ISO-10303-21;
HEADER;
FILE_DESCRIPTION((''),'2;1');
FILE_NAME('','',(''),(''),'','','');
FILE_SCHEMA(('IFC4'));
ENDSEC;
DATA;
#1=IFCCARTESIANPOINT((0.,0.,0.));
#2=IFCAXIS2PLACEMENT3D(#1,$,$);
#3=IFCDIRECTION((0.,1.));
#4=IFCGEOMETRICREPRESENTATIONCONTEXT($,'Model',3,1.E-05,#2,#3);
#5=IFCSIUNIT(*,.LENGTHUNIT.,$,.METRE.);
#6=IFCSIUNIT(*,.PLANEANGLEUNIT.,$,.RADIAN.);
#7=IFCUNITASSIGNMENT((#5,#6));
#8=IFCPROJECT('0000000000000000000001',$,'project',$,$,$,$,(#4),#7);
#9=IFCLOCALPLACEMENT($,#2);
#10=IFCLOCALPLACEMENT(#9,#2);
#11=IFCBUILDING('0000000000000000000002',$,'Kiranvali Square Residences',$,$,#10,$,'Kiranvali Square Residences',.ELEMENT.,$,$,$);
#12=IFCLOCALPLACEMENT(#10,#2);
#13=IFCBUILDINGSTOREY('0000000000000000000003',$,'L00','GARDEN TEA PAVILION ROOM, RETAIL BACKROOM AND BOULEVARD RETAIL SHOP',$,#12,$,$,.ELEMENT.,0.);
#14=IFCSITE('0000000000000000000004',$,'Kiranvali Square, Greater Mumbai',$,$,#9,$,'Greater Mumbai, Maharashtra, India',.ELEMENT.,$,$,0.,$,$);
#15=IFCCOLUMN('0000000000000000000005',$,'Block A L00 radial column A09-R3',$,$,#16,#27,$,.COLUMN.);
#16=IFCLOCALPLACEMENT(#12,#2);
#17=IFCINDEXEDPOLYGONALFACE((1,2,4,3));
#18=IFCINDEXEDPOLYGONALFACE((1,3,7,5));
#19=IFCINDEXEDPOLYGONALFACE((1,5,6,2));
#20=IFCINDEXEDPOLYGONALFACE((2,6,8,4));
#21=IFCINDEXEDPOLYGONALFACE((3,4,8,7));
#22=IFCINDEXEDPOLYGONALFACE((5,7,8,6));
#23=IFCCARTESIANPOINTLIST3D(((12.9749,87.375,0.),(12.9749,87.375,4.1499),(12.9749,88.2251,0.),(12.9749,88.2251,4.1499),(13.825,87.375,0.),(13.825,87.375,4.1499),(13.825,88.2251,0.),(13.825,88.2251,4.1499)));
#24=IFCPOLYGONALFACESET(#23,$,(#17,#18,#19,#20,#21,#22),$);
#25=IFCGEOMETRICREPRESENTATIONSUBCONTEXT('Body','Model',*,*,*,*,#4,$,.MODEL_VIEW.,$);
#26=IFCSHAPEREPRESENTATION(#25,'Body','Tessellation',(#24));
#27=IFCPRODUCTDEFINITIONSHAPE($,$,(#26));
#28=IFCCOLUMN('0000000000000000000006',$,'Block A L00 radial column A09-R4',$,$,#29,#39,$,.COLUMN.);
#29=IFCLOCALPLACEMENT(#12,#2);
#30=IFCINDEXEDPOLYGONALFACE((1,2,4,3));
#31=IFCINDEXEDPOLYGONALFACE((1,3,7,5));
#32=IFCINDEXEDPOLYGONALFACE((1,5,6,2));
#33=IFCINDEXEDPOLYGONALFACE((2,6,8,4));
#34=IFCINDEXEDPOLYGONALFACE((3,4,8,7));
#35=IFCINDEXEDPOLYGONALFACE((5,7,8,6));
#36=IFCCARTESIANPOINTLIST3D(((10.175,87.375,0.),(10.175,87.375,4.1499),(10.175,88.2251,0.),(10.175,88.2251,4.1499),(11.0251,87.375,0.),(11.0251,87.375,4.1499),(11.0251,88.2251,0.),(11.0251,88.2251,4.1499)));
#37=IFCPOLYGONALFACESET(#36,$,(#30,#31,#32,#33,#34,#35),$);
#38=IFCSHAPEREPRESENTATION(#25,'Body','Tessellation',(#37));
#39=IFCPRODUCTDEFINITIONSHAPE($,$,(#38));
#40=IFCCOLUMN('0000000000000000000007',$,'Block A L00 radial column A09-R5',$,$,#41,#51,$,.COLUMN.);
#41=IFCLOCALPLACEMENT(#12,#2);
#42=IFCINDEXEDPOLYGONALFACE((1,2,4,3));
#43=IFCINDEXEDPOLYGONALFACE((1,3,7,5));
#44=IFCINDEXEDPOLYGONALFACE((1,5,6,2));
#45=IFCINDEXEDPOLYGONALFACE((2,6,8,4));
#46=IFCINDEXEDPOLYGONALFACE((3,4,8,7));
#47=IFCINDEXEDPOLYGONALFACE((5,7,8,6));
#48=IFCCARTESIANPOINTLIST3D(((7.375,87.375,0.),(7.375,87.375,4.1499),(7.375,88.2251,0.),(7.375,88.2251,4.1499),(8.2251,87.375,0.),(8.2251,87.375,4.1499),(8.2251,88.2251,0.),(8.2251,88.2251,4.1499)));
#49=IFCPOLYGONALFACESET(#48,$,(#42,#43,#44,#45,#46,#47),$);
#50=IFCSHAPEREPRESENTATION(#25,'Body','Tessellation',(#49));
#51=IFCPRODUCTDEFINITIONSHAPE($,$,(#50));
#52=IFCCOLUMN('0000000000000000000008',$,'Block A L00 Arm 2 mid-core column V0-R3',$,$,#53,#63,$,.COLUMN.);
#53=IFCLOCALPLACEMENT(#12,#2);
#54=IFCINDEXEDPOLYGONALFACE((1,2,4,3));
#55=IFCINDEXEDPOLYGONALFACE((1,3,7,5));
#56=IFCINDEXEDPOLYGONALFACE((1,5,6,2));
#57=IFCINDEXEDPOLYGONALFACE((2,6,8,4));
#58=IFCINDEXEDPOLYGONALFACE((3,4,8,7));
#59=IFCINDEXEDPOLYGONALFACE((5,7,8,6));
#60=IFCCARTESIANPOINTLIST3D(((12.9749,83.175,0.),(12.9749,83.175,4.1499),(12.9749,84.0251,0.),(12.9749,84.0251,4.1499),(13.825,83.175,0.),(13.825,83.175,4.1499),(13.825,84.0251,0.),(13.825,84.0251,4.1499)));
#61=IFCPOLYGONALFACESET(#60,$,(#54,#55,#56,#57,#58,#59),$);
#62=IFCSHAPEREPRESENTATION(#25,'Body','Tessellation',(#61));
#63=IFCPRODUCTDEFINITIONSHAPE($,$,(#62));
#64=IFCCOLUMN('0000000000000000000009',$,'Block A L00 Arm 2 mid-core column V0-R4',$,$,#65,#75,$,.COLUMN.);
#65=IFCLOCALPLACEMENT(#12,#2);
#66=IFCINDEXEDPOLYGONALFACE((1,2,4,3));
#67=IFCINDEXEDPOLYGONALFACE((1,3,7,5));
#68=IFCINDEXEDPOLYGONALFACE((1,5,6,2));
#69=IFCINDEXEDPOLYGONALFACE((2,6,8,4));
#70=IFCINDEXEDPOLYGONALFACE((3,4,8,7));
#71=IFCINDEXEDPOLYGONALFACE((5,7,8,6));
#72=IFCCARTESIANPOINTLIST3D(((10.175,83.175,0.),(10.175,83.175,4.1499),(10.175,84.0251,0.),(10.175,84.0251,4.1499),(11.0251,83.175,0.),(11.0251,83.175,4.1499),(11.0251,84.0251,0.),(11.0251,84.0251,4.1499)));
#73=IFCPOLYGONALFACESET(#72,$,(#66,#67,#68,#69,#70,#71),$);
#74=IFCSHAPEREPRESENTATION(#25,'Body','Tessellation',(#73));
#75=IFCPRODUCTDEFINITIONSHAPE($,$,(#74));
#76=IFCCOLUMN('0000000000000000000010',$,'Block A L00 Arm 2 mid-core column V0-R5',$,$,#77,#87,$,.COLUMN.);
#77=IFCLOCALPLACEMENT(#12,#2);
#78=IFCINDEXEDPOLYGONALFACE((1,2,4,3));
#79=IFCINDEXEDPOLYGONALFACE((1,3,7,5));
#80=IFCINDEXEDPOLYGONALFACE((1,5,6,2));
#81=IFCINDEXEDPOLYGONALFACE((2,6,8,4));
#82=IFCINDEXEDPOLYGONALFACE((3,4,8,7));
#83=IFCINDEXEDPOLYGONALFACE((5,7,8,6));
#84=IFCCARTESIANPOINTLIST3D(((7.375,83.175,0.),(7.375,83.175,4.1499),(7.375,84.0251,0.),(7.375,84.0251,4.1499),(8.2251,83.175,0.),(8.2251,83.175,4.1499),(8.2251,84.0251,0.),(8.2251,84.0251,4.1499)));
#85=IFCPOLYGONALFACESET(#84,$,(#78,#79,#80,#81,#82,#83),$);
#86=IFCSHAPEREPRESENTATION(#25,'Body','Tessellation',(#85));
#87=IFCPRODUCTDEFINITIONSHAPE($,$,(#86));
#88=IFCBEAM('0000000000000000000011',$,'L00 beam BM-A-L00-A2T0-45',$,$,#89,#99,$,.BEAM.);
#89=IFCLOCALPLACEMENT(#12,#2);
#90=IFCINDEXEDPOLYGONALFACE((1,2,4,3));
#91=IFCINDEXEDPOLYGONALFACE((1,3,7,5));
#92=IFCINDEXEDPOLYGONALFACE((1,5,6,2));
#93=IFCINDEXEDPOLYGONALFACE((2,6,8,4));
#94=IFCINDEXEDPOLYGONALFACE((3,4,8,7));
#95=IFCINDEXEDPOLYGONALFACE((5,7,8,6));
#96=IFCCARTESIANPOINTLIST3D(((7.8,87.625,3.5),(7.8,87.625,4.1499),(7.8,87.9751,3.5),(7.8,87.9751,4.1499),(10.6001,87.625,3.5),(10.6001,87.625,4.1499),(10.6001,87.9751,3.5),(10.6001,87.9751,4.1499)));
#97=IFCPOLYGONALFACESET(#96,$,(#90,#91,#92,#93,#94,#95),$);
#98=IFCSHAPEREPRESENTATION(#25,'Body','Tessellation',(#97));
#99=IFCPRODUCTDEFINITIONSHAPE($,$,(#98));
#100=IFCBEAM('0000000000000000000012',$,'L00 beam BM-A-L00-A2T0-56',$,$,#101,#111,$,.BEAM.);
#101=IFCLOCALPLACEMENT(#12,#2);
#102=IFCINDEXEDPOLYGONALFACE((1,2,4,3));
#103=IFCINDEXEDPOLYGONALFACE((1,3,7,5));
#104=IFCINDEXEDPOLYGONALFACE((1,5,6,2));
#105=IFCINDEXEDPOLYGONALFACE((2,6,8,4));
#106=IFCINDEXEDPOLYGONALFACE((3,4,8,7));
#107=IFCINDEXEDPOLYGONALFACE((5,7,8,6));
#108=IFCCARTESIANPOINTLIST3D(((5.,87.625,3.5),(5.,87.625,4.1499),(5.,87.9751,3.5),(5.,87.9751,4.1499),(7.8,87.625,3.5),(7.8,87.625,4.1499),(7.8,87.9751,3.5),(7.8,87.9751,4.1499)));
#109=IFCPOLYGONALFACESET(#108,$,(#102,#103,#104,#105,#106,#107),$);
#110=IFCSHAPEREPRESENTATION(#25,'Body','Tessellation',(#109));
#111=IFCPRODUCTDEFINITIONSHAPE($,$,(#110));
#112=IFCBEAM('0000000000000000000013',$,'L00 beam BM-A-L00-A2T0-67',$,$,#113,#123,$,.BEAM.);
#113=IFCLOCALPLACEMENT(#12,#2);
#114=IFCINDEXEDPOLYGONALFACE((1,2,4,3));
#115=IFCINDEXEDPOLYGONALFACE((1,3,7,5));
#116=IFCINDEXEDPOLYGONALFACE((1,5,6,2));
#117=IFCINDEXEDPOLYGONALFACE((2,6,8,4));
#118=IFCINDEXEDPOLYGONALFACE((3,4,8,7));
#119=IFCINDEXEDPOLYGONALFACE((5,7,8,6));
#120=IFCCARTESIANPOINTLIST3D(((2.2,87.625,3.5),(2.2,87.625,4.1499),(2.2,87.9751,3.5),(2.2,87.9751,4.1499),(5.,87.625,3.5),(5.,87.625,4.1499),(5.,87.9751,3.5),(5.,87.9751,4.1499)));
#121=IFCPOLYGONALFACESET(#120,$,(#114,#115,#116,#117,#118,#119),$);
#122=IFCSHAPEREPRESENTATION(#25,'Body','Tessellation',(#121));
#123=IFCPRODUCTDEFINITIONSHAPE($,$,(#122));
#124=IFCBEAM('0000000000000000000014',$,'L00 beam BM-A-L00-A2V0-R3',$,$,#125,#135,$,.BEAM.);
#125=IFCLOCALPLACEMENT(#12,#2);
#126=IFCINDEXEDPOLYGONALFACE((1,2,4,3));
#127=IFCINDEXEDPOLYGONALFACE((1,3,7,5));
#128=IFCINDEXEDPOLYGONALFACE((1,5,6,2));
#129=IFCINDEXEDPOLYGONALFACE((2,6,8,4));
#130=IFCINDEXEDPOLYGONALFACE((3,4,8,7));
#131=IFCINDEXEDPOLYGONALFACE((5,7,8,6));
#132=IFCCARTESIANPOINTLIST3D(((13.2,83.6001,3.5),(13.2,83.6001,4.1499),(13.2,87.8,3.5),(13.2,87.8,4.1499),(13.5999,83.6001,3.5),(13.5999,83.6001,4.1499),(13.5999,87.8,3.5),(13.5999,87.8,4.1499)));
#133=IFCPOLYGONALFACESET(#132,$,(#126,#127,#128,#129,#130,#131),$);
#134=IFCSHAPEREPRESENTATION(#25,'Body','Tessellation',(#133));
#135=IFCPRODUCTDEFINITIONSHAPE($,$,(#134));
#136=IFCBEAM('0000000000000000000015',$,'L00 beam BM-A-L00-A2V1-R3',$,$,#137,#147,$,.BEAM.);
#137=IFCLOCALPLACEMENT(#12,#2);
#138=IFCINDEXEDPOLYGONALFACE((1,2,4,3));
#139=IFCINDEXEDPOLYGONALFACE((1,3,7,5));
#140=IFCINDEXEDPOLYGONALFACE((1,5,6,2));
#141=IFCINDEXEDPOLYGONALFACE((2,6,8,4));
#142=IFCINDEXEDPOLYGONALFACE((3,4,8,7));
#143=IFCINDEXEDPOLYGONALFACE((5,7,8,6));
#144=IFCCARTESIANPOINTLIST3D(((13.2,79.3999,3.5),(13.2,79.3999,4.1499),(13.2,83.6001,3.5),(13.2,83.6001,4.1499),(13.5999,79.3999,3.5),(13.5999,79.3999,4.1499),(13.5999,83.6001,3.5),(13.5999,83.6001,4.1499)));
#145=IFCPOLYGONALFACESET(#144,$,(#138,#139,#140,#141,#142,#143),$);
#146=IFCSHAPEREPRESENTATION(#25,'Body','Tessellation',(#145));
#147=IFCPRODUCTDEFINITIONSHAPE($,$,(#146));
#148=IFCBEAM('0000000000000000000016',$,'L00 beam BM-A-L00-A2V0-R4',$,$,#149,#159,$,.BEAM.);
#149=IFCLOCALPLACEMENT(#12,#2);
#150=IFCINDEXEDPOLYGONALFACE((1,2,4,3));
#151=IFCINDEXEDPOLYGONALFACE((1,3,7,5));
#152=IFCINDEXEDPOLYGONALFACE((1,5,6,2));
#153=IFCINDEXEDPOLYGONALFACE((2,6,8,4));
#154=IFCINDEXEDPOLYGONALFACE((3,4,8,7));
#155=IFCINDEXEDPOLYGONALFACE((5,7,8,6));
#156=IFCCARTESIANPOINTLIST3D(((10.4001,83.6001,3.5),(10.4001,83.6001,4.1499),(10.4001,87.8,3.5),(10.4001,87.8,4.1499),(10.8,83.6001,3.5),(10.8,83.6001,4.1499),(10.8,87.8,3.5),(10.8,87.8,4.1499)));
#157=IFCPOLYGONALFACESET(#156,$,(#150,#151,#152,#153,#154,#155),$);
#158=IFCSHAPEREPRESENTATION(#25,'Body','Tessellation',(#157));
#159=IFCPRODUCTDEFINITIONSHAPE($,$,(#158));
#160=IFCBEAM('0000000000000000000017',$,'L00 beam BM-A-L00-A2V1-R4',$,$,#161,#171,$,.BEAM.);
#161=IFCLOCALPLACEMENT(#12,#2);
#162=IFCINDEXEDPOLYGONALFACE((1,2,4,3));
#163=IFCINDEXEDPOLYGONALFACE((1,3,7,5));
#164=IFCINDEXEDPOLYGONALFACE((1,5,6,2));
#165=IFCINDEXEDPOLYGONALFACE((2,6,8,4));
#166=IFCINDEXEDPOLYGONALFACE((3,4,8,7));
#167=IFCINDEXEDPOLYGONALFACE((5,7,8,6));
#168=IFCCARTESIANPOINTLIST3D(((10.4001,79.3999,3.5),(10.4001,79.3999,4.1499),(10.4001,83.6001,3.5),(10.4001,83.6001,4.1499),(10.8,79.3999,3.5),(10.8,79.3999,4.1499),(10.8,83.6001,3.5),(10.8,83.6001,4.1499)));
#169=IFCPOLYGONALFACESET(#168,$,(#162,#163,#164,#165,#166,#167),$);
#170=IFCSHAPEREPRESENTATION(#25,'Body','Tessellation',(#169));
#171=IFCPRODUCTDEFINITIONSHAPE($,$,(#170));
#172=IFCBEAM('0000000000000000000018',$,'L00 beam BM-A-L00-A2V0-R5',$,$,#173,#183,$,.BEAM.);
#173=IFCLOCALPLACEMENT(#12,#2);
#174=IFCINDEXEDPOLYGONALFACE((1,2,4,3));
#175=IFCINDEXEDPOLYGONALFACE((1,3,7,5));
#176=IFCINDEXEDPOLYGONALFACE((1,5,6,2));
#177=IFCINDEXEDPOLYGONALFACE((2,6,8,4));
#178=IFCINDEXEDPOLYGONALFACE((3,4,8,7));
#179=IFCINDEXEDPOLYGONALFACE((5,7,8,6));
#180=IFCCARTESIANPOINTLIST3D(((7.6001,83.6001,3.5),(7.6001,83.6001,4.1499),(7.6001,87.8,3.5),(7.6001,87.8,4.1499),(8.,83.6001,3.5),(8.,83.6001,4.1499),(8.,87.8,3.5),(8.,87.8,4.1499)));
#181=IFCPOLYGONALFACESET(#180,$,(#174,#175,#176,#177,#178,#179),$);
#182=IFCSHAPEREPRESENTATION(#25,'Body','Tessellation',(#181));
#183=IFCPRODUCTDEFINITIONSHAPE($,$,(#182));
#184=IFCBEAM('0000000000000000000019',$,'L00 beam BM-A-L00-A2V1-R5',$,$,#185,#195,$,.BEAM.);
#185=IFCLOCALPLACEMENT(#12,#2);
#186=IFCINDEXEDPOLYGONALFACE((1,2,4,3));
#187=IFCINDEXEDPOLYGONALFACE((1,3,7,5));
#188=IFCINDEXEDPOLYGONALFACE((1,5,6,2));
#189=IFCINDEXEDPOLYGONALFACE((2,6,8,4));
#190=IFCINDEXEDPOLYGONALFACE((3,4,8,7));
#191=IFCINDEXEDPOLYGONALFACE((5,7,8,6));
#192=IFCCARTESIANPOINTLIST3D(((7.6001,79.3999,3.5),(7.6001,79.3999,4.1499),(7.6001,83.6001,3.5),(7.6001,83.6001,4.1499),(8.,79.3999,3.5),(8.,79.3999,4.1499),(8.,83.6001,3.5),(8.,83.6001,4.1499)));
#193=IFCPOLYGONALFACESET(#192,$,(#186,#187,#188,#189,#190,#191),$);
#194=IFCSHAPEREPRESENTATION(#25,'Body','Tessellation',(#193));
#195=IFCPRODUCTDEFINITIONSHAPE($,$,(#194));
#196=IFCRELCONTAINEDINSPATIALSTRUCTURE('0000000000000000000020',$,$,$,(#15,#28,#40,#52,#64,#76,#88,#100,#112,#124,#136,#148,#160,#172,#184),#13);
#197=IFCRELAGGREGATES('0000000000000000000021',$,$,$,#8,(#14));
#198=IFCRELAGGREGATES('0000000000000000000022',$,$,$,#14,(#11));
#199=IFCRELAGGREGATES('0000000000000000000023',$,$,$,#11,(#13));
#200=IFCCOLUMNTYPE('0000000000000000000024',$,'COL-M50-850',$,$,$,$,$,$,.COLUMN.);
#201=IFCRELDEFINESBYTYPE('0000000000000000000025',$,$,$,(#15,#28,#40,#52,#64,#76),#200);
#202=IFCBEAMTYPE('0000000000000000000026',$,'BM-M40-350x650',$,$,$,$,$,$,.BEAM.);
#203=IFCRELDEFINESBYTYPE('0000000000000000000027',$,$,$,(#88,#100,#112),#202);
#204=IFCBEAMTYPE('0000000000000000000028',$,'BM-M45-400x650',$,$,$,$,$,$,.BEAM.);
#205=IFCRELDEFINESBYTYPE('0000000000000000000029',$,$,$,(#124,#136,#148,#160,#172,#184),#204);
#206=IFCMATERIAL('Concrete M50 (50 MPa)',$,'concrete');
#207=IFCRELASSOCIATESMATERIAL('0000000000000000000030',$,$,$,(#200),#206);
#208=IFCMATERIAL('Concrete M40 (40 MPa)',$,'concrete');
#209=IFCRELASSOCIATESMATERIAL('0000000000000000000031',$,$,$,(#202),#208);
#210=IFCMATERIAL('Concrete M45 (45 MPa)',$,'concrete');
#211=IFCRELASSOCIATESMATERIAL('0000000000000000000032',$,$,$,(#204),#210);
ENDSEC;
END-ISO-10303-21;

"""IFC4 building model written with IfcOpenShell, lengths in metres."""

from ifc_helpers import new_model, si_unit, direction, frame, origin, origin_2d, place, context, subcontext, project, spatial, rectangle, extrude, material, material_profile, profile_set, type_object, element, save


model = new_model("IFC4")

# Units and contexts
model_context = context("Model", 3, precision=1e-05, world=origin(), true_north=direction((0.0, 1.0)))
body_context = subcontext(model_context, "Body", "Model", "MODEL_VIEW")
ifc_project = project(units=[si_unit("LENGTHUNIT", "METRE"), si_unit("PLANEANGLEUNIT", "RADIAN")], contexts=[model_context])

# Site, building, storey
site_placement = place(None, origin())
site = spatial("IfcSite", under=ifc_project, at=site_placement, Name="Kiranvali Square, Greater Mumbai", LongName="Greater Mumbai, Maharashtra, India", CompositionType="ELEMENT", RefElevation=0.0)
building_placement = place(site_placement, origin())
building = spatial("IfcBuilding", under=site, at=building_placement, Name="Kiranvali Square Residences", LongName="Kiranvali Square Residences", CompositionType="ELEMENT")
storey_placement = place(building_placement, origin())
storey = spatial("IfcBuildingStorey", under=building, at=storey_placement, Name="L00", Description="GARDEN TEA PAVILION ROOM, RETAIL BACKROOM AND BOULEVARD RETAIL SHOP", CompositionType="ELEMENT", Elevation=0.0)

# Columns
ifc_material_1 = material(Name="Concrete M50 (50 MPa)", Category="concrete")
ifc_material_profile_1 = material_profile(ifc_material_1, rectangle(XDim=0.8501, YDim=0.8501, at=origin_2d()), Name="RC 850x850")
ifc_profile_set_1 = profile_set([ifc_material_profile_1], Name="Concrete M50 (50 MPa)")
column_type = type_object("IfcColumnType", Name="COL-M50-850", PredefinedType="COLUMN", material=ifc_profile_set_1)
for number, where, z_axis, x_axis, name in (
    (1, (13.3999, 87.8, 0.0), (0.0, 0.0, 1.0), (0.0, 1.0, 0.0), "Block A L00 radial column A09-R3"),
    (2, (10.6001, 87.8, 0.0), (0.0, 0.0, 1.0), (0.0, 1.0, 0.0), "Block A L00 radial column A09-R4"),
    (3, (7.8, 87.8, 0.0), (0.0, 0.0, 1.0), (0.0, 1.0, 0.0), "Block A L00 radial column A09-R5"),
    (4, (13.3999, 83.6001, 0.0), (0.0, 0.0, 1.0), (1.0, 0.0, 0.0), "Block A L00 Arm 2 mid-core column V0-R3"),
    (5, (10.6001, 83.6001, 0.0), (0.0, 0.0, 1.0), (1.0, 0.0, 0.0), "Block A L00 Arm 2 mid-core column V0-R4"),
    (6, (7.8, 83.6001, 0.0), (0.0, 0.0, 1.0), (1.0, 0.0, 0.0), "Block A L00 Arm 2 mid-core column V0-R5"),
):
    element("IfcColumn", number, at=place(storey_placement, frame(where, z_axis=z_axis, x_axis=x_axis)), inside=storey, type_object=column_type, Name=name, PredefinedType="COLUMN", context=body_context, shape_type="SweptSolid", body=[
        extrude(rectangle(XDim=0.8501, YDim=0.8501, at=origin_2d()), origin(), (0.0, 0.0, 1.0), 4.1499),
    ])

# Beams
ifc_material_2 = material(Name="Concrete M40 (40 MPa)", Category="concrete")
ifc_material_profile_2 = material_profile(ifc_material_2, rectangle(XDim=0.3501, YDim=0.6499, at=origin_2d()), Name="RC 350x650")
ifc_profile_set_2 = profile_set([ifc_material_profile_2], Name="Concrete M40 (40 MPa)")
beam_type_1 = type_object("IfcBeamType", Name="BM-M40-350x650", PredefinedType="BEAM", material=ifc_profile_set_2)
for number, where, z_axis, x_axis, name in (
    (7, (10.6001, 87.8, 3.825), (-1.0, 0.0, 0.0), (0.0, -1.0, 0.0), "L00 beam BM-A-L00-A2T0-45"),
    (8, (7.8, 87.8, 3.825), (-1.0, 0.0, 0.0), (0.0, -1.0, 0.0), "L00 beam BM-A-L00-A2T0-56"),
    (9, (5.0, 87.8, 3.825), (-1.0, 0.0, 0.0), (0.0, -1.0, 0.0), "L00 beam BM-A-L00-A2T0-67"),
):
    element("IfcBeam", number, at=place(storey_placement, frame(where, z_axis=z_axis, x_axis=x_axis)), inside=storey, type_object=beam_type_1, Name=name, PredefinedType="BEAM", context=body_context, shape_type="SweptSolid", body=[
        extrude(rectangle(XDim=0.3501, YDim=0.6499, at=origin_2d()), origin(), (0.0, 0.0, 1.0), 2.8),
    ])
ifc_material_3 = material(Name="Concrete M45 (45 MPa)", Category="concrete")
ifc_material_profile_3 = material_profile(ifc_material_3, rectangle(XDim=0.3999, YDim=0.6499, at=origin_2d()), Name="RC 400x650")
ifc_profile_set_3 = profile_set([ifc_material_profile_3], Name="Concrete M45 (45 MPa)")
beam_type_2 = type_object("IfcBeamType", Name="BM-M45-400x650", PredefinedType="BEAM", material=ifc_profile_set_3)
beam_1_placement = place(storey_placement, frame((13.3999, 87.8, 3.825), z_axis=(0.0, -1.0, 0.0), x_axis=(1.0, 0.0, 0.0)))
element("IfcBeam", 10, at=beam_1_placement, inside=storey, type_object=beam_type_2, Name="L00 beam BM-A-L00-A2V0-R3", PredefinedType="BEAM", context=body_context, shape_type="SweptSolid", body=[
    extrude(rectangle(XDim=0.3999, YDim=0.6499, at=origin_2d()), origin(), (0.0, 0.0, 1.0), 4.2),
])
beam_2_placement = place(storey_placement, frame((13.3999, 83.6001, 3.825), z_axis=(0.0, -1.0, 0.0), x_axis=(1.0, 0.0, 0.0)))
element("IfcBeam", 11, at=beam_2_placement, inside=storey, type_object=beam_type_2, Name="L00 beam BM-A-L00-A2V1-R3", PredefinedType="BEAM", context=body_context, shape_type="SweptSolid", body=[
    extrude(rectangle(XDim=0.3999, YDim=0.6499, at=origin_2d()), origin(), (0.0, 0.0, 1.0), 4.2002),
])
beam_3_placement = place(storey_placement, frame((10.6001, 87.8, 3.825), z_axis=(0.0, -1.0, 0.0), x_axis=(1.0, 0.0, 0.0)))
element("IfcBeam", 12, at=beam_3_placement, inside=storey, type_object=beam_type_2, Name="L00 beam BM-A-L00-A2V0-R4", PredefinedType="BEAM", context=body_context, shape_type="SweptSolid", body=[
    extrude(rectangle(XDim=0.3999, YDim=0.6499, at=origin_2d()), origin(), (0.0, 0.0, 1.0), 4.2),
])
beam_4_placement = place(storey_placement, frame((10.6001, 83.6001, 3.825), z_axis=(0.0, -1.0, 0.0), x_axis=(1.0, 0.0, 0.0)))
element("IfcBeam", 13, at=beam_4_placement, inside=storey, type_object=beam_type_2, Name="L00 beam BM-A-L00-A2V1-R4", PredefinedType="BEAM", context=body_context, shape_type="SweptSolid", body=[
    extrude(rectangle(XDim=0.3999, YDim=0.6499, at=origin_2d()), origin(), (0.0, 0.0, 1.0), 4.2002),
])
beam_5_placement = place(storey_placement, frame((7.8, 87.8, 3.825), z_axis=(0.0, -1.0, 0.0), x_axis=(1.0, 0.0, 0.0)))
element("IfcBeam", 14, at=beam_5_placement, inside=storey, type_object=beam_type_2, Name="L00 beam BM-A-L00-A2V0-R5", PredefinedType="BEAM", context=body_context, shape_type="SweptSolid", body=[
    extrude(rectangle(XDim=0.3999, YDim=0.6499, at=origin_2d()), origin(), (0.0, 0.0, 1.0), 4.2),
])
beam_6_placement = place(storey_placement, frame((7.8, 83.6001, 3.825), z_axis=(0.0, -1.0, 0.0), x_axis=(1.0, 0.0, 0.0)))
element("IfcBeam", 15, at=beam_6_placement, inside=storey, type_object=beam_type_2, Name="L00 beam BM-A-L00-A2V1-R5", PredefinedType="BEAM", context=body_context, shape_type="SweptSolid", body=[
    extrude(rectangle(XDim=0.3999, YDim=0.6499, at=origin_2d()), origin(), (0.0, 0.0, 1.0), 4.2002),
])

save(model, "model.ifc")
